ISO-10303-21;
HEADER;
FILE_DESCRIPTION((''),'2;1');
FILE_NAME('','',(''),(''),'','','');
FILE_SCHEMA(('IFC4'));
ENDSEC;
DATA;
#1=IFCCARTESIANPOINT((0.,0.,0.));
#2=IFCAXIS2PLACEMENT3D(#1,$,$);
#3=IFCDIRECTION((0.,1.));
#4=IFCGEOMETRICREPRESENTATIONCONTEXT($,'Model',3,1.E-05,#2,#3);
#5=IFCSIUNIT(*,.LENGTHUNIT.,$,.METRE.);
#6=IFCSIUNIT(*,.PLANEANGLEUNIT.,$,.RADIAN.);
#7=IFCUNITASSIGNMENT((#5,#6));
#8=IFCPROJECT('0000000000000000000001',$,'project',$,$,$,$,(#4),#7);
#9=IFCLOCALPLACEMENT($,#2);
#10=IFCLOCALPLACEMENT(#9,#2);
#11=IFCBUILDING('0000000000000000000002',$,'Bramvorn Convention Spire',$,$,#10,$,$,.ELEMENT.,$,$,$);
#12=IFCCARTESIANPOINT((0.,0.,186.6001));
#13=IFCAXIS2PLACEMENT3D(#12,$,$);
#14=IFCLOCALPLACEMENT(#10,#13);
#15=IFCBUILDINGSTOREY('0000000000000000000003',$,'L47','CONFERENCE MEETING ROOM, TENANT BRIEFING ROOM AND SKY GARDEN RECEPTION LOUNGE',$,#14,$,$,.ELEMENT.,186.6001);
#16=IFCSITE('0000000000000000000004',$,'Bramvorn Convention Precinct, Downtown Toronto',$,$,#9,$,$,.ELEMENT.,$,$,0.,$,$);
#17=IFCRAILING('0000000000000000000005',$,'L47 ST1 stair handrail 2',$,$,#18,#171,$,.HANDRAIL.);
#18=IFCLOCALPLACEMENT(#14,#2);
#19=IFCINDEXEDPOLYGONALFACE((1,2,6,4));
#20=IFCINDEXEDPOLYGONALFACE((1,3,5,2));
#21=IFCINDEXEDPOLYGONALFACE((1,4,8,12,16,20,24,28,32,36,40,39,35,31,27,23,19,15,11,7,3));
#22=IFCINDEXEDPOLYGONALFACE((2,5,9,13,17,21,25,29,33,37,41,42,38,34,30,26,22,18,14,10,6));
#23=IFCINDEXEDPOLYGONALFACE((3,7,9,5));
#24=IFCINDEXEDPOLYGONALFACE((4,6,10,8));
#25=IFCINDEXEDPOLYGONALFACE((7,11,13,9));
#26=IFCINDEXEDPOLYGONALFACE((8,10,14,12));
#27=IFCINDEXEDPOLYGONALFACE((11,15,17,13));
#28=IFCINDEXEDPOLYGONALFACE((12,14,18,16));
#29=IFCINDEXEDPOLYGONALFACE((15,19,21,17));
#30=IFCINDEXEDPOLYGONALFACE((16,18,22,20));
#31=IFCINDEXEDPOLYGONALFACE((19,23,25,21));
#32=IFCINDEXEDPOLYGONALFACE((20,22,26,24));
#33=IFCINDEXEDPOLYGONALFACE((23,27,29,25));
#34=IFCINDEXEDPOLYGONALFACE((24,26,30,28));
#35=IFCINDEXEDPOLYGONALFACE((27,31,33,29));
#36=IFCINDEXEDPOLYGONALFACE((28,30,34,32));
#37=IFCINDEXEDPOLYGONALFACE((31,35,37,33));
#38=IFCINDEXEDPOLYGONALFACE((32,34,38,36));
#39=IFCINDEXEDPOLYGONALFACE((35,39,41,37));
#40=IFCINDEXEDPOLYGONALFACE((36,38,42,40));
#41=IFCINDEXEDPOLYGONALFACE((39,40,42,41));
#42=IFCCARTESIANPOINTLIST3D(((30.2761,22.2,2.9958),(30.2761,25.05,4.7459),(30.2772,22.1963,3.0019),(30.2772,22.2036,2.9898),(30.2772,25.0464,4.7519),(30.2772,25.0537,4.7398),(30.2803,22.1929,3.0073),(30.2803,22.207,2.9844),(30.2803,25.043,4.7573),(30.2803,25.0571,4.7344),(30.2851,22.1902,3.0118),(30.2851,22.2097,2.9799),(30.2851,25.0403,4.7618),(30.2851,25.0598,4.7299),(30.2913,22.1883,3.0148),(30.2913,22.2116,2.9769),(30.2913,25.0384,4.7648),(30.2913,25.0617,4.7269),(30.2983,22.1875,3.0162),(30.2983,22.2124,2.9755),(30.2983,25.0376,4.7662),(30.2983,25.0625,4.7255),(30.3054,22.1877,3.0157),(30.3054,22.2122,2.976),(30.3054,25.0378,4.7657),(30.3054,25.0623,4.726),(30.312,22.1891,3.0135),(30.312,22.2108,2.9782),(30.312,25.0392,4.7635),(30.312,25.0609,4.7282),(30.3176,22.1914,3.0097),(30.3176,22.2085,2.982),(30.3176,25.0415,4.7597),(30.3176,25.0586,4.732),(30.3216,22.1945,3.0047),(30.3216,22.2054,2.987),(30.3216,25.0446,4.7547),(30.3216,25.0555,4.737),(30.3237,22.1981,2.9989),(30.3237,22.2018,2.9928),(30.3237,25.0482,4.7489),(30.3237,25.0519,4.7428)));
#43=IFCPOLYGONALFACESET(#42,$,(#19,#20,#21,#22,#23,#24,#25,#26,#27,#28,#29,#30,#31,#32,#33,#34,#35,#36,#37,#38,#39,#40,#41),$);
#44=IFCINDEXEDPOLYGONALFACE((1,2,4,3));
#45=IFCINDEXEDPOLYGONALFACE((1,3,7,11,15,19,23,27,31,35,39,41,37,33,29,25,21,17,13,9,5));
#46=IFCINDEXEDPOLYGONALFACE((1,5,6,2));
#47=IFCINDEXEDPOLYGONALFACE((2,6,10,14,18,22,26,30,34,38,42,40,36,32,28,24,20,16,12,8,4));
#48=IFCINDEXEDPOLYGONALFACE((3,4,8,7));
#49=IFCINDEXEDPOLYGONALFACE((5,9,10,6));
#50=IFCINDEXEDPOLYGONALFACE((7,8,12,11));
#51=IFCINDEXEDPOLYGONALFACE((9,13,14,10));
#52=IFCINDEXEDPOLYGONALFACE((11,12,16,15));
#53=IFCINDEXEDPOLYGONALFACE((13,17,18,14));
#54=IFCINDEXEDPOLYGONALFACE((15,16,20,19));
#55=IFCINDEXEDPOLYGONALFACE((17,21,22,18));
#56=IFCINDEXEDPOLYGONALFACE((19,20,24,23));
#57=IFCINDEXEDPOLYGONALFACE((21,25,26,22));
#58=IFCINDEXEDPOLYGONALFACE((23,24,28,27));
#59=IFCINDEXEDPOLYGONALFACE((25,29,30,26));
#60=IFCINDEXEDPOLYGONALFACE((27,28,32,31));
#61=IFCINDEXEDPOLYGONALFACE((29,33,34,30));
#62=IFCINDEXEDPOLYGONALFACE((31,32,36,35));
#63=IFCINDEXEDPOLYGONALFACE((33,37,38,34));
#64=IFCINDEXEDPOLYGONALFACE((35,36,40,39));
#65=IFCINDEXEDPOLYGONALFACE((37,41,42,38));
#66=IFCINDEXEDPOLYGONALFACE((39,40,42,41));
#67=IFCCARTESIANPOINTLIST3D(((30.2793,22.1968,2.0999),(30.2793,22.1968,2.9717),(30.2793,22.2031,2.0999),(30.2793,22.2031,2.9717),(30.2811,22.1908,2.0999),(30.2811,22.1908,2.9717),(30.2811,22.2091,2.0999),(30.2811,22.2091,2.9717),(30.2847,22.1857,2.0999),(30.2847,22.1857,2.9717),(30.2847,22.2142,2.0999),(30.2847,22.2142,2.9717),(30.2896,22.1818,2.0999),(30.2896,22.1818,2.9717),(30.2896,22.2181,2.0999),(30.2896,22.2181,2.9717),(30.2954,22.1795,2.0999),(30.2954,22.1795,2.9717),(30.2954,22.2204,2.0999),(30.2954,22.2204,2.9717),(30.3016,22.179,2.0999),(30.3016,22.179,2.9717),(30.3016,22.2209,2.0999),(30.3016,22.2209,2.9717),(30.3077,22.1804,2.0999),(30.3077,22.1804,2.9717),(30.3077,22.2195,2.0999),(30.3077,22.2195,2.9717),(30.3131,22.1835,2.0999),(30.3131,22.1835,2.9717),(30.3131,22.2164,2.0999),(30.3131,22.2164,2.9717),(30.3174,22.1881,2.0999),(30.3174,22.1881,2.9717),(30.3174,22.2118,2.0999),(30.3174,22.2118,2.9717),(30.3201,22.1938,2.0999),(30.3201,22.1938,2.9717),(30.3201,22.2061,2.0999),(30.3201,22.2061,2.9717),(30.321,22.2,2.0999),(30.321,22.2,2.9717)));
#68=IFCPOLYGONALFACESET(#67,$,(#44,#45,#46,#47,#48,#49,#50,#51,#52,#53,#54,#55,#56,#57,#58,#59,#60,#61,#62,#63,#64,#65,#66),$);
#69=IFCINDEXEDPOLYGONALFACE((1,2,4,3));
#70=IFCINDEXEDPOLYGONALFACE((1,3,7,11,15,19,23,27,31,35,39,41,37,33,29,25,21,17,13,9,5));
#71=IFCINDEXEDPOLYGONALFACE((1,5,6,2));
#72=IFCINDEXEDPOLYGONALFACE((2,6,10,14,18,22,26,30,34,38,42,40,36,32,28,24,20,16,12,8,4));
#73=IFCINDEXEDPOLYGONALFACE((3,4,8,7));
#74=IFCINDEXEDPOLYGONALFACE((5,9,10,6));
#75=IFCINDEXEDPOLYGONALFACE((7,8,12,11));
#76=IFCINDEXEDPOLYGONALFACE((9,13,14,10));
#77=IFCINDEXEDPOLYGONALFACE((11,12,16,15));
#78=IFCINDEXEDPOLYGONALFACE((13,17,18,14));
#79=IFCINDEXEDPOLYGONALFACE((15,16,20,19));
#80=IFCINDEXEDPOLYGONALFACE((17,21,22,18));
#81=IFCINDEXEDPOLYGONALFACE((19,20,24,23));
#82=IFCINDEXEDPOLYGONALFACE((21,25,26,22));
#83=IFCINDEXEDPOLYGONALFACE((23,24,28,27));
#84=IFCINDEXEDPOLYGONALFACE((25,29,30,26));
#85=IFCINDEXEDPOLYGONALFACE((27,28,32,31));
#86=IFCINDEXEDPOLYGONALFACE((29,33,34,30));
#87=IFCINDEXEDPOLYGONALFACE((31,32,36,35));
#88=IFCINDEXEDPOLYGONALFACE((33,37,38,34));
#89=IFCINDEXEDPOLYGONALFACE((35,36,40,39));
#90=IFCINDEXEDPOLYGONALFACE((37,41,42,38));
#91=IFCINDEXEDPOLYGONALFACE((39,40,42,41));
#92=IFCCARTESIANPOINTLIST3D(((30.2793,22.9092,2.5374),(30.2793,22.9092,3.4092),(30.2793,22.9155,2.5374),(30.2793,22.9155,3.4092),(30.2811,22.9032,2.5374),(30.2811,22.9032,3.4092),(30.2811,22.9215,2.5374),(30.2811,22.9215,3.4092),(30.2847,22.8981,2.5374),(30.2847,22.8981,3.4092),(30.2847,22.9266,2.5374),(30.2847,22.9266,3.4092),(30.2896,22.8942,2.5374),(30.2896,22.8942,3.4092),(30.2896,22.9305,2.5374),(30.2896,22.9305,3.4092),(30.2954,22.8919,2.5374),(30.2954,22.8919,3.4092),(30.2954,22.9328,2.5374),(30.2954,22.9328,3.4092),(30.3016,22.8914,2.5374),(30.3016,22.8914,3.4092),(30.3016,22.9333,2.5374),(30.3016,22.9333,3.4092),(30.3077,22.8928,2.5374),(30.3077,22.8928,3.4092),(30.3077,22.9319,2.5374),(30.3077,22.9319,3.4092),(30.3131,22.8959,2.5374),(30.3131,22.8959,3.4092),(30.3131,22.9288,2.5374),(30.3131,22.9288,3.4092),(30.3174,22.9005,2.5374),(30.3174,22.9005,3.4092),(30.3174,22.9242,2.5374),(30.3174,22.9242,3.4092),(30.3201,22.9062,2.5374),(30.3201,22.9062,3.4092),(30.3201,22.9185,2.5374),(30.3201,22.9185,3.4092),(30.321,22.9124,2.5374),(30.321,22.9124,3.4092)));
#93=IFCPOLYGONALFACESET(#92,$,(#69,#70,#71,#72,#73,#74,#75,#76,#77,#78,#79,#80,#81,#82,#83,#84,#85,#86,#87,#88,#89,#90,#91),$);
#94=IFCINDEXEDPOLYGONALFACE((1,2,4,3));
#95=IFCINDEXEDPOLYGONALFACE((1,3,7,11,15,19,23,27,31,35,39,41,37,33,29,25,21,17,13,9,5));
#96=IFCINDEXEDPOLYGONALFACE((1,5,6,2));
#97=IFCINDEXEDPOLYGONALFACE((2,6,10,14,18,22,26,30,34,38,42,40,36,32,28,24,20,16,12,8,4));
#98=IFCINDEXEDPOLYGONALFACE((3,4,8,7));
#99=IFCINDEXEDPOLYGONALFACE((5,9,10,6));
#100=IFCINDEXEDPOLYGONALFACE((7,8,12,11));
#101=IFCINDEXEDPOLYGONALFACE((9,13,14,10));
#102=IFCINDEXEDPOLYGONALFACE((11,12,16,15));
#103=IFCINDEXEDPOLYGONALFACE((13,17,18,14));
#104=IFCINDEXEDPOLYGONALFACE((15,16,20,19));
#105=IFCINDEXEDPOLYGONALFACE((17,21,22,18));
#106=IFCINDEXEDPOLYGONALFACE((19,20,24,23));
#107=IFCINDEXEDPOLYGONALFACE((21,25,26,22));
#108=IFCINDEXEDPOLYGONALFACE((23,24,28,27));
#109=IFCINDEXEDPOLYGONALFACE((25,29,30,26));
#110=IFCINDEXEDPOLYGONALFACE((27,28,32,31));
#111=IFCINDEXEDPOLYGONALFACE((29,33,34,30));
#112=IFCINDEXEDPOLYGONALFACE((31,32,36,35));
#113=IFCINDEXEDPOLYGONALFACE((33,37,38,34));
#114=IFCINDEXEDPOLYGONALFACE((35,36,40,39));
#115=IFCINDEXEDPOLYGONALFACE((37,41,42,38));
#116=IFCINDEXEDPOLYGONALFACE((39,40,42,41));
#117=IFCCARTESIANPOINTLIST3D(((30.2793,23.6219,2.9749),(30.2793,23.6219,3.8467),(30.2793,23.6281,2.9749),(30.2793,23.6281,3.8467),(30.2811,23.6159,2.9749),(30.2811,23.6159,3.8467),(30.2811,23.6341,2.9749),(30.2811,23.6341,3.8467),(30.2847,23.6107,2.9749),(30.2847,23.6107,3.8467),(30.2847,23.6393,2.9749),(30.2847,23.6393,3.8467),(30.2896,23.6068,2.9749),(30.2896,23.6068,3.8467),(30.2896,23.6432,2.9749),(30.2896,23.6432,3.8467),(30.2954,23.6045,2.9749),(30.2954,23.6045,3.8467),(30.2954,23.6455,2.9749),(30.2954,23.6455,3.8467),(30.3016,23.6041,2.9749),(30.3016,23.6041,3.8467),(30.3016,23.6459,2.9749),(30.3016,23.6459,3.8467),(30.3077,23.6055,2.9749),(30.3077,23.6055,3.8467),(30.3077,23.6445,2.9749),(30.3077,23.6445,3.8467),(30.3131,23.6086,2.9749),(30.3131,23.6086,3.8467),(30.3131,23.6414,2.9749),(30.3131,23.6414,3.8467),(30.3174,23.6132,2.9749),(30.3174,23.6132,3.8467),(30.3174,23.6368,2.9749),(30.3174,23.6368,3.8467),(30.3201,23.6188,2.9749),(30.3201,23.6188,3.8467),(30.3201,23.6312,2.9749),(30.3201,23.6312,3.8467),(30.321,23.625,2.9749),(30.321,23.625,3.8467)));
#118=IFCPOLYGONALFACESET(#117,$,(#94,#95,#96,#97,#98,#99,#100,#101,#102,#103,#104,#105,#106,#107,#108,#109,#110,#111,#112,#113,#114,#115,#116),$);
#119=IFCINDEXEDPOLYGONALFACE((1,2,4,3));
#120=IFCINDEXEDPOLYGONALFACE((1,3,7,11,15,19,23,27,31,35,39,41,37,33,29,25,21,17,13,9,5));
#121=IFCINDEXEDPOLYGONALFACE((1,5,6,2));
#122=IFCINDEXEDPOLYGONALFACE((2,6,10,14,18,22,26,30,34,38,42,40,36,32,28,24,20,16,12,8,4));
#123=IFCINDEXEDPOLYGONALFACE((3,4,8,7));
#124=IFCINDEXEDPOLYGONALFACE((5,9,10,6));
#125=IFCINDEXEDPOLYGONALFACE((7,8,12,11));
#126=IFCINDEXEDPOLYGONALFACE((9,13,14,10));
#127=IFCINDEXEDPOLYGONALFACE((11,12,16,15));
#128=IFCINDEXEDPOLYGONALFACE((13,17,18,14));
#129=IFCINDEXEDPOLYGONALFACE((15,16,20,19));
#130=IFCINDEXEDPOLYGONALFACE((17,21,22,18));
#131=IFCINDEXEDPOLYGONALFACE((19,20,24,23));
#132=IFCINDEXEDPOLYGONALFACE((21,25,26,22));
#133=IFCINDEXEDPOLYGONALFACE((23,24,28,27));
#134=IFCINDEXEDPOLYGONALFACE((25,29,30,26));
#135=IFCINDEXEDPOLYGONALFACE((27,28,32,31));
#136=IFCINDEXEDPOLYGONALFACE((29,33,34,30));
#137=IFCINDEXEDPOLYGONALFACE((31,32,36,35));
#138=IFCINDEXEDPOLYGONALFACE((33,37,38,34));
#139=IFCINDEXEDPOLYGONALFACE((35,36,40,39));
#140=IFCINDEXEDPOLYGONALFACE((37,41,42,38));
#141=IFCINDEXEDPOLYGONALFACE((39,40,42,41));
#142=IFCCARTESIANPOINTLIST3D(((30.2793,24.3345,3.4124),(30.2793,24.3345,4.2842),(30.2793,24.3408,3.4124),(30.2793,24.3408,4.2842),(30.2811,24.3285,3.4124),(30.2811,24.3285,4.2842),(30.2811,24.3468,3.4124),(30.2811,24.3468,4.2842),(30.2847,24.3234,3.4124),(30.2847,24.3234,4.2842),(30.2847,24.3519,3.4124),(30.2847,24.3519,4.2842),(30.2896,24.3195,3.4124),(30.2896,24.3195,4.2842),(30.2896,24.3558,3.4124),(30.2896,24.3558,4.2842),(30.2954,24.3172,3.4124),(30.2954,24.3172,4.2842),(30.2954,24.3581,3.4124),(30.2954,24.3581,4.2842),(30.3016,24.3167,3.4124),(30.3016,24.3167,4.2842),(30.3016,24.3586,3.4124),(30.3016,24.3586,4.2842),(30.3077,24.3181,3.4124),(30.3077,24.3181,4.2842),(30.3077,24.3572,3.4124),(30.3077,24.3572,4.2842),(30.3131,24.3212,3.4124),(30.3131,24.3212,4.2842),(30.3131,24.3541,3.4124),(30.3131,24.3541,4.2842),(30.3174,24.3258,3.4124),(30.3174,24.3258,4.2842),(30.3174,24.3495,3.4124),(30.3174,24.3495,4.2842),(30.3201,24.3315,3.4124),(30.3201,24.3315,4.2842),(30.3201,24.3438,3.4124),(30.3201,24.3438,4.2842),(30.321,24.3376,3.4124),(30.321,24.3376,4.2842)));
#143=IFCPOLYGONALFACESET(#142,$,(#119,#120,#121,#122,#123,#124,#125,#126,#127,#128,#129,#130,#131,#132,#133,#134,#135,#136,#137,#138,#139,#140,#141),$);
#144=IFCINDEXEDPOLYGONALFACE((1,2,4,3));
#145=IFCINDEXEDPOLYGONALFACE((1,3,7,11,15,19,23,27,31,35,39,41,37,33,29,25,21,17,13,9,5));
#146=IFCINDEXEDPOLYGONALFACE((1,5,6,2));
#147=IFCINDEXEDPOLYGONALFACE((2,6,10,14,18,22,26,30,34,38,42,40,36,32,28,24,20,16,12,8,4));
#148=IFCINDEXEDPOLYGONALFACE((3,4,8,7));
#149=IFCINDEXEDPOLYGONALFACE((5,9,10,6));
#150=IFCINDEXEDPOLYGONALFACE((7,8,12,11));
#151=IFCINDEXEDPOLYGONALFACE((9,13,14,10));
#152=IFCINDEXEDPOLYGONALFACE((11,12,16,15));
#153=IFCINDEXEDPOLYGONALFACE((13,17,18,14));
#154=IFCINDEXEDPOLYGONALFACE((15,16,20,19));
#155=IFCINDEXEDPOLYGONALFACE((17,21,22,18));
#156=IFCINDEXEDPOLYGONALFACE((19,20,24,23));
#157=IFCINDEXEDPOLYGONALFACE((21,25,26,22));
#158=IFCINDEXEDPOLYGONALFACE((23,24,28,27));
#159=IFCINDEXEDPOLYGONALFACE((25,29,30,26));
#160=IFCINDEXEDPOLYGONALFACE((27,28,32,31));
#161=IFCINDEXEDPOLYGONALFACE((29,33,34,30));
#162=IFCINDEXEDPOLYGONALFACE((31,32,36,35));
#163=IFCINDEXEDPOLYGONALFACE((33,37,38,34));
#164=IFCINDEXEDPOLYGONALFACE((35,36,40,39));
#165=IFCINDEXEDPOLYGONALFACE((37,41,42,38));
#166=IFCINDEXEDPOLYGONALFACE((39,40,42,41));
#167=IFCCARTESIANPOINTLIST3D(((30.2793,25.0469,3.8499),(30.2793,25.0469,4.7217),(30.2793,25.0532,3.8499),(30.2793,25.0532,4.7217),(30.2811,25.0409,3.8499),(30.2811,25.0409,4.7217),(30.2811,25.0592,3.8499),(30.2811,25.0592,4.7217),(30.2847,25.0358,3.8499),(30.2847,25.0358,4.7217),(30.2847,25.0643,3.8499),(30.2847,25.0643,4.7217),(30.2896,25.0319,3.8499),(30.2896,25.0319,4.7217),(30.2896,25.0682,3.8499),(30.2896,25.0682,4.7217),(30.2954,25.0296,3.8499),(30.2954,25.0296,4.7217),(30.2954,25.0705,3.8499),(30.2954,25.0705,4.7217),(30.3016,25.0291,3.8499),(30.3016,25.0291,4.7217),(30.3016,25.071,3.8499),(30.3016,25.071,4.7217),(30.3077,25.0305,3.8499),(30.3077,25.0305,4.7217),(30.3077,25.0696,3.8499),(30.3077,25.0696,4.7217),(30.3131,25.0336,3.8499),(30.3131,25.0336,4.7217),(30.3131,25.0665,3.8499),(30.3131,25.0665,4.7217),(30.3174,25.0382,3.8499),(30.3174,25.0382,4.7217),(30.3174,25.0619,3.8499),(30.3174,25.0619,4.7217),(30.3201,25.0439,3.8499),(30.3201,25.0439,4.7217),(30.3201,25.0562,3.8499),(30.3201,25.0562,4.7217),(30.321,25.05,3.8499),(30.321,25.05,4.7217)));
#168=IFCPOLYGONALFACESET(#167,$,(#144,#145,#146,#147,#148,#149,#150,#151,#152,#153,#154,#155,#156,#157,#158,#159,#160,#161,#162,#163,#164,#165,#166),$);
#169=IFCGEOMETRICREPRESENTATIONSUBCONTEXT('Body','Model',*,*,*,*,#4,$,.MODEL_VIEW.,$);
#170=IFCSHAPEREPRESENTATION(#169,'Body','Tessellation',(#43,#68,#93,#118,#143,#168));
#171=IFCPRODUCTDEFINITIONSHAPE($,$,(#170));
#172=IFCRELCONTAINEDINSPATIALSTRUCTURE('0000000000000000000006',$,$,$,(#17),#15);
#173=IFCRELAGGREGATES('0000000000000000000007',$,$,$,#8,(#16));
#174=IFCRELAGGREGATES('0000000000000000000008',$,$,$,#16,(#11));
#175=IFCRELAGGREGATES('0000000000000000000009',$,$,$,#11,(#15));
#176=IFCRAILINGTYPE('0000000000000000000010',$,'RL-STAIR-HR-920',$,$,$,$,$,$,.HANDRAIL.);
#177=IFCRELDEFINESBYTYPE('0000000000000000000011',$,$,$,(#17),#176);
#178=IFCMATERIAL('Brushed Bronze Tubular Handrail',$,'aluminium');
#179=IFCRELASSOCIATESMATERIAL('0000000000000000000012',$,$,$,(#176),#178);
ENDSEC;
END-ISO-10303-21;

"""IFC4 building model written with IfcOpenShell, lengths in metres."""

from ifc_helpers import new_model, si_unit, direction, frame, origin, origin_2d, place, context, subcontext, project, spatial, circle, extrude, material, type_object, element, save


model = new_model("IFC4")

# Units and contexts
model_context = context("Model", 3, precision=1e-05, world=origin(), true_north=direction((0.0, 1.0)))
body_context = subcontext(model_context, "Body", "Model", "MODEL_VIEW")
ifc_project = project(units=[si_unit("LENGTHUNIT", "METRE"), si_unit("PLANEANGLEUNIT", "RADIAN")], contexts=[model_context])

# Site, building, storey
site_placement = place(None, origin())
site = spatial("IfcSite", under=ifc_project, at=site_placement, Name="Bramvorn Convention Precinct, Downtown Toronto", CompositionType="ELEMENT", RefElevation=0.0)
building_placement = place(site_placement, origin())
building = spatial("IfcBuilding", under=site, at=building_placement, Name="Bramvorn Convention Spire", CompositionType="ELEMENT")
storey_placement = place(building_placement, frame((0.0, 0.0, 186.6001)))
storey = spatial("IfcBuildingStorey", under=building, at=storey_placement, Name="L47", Description="CONFERENCE MEETING ROOM, TENANT BRIEFING ROOM AND SKY GARDEN RECEPTION LOUNGE", CompositionType="ELEMENT", Elevation=186.6001)

# Railing
ifc_material_1 = material(Name="Brushed Bronze Tubular Handrail", Category="aluminium")
railing_type_1 = type_object("IfcRailingType", Name="RL-STAIR-HR-920", PredefinedType="HANDRAIL", material=ifc_material_1)
railing_1_placement = place(storey_placement, frame((30.3, 22.2, 2.0999)))
element("IfcRailing", 1, at=railing_1_placement, inside=storey, type_object=railing_type_1, Name="L47 ST1 stair handrail 2", PredefinedType="HANDRAIL", context=body_context, shape_type="SweptSolid", body=[
    extrude(circle(Radius=0.0239, at=origin_2d()), frame((0.0, 0.0, 0.896), z_axis=(0.0, 0.852179, 0.52325), x_axis=(-1.0, 0.0, 0.0)), (0.0, 0.0, 1.0), 3.3445),
    extrude(circle(Radius=0.021, at=origin_2d()), origin(), (0.0, 0.0, 1.0), 0.8718),
    extrude(circle(Radius=0.021, at=origin_2d()), frame((0.0, 0.7124, 0.4375)), (0.0, 0.0, 1.0), 0.8718),
    extrude(circle(Radius=0.021, at=origin_2d()), frame((0.0, 1.425, 0.875)), (0.0, 0.0, 1.0), 0.8718),
    extrude(circle(Radius=0.021, at=origin_2d()), frame((0.0, 2.1377, 1.3125)), (0.0, 0.0, 1.0), 0.8718),
    extrude(circle(Radius=0.021, at=origin_2d()), frame((0.0, 2.8501, 1.75)), (0.0, 0.0, 1.0), 0.8718),
])

save(model, "model.ifc")
